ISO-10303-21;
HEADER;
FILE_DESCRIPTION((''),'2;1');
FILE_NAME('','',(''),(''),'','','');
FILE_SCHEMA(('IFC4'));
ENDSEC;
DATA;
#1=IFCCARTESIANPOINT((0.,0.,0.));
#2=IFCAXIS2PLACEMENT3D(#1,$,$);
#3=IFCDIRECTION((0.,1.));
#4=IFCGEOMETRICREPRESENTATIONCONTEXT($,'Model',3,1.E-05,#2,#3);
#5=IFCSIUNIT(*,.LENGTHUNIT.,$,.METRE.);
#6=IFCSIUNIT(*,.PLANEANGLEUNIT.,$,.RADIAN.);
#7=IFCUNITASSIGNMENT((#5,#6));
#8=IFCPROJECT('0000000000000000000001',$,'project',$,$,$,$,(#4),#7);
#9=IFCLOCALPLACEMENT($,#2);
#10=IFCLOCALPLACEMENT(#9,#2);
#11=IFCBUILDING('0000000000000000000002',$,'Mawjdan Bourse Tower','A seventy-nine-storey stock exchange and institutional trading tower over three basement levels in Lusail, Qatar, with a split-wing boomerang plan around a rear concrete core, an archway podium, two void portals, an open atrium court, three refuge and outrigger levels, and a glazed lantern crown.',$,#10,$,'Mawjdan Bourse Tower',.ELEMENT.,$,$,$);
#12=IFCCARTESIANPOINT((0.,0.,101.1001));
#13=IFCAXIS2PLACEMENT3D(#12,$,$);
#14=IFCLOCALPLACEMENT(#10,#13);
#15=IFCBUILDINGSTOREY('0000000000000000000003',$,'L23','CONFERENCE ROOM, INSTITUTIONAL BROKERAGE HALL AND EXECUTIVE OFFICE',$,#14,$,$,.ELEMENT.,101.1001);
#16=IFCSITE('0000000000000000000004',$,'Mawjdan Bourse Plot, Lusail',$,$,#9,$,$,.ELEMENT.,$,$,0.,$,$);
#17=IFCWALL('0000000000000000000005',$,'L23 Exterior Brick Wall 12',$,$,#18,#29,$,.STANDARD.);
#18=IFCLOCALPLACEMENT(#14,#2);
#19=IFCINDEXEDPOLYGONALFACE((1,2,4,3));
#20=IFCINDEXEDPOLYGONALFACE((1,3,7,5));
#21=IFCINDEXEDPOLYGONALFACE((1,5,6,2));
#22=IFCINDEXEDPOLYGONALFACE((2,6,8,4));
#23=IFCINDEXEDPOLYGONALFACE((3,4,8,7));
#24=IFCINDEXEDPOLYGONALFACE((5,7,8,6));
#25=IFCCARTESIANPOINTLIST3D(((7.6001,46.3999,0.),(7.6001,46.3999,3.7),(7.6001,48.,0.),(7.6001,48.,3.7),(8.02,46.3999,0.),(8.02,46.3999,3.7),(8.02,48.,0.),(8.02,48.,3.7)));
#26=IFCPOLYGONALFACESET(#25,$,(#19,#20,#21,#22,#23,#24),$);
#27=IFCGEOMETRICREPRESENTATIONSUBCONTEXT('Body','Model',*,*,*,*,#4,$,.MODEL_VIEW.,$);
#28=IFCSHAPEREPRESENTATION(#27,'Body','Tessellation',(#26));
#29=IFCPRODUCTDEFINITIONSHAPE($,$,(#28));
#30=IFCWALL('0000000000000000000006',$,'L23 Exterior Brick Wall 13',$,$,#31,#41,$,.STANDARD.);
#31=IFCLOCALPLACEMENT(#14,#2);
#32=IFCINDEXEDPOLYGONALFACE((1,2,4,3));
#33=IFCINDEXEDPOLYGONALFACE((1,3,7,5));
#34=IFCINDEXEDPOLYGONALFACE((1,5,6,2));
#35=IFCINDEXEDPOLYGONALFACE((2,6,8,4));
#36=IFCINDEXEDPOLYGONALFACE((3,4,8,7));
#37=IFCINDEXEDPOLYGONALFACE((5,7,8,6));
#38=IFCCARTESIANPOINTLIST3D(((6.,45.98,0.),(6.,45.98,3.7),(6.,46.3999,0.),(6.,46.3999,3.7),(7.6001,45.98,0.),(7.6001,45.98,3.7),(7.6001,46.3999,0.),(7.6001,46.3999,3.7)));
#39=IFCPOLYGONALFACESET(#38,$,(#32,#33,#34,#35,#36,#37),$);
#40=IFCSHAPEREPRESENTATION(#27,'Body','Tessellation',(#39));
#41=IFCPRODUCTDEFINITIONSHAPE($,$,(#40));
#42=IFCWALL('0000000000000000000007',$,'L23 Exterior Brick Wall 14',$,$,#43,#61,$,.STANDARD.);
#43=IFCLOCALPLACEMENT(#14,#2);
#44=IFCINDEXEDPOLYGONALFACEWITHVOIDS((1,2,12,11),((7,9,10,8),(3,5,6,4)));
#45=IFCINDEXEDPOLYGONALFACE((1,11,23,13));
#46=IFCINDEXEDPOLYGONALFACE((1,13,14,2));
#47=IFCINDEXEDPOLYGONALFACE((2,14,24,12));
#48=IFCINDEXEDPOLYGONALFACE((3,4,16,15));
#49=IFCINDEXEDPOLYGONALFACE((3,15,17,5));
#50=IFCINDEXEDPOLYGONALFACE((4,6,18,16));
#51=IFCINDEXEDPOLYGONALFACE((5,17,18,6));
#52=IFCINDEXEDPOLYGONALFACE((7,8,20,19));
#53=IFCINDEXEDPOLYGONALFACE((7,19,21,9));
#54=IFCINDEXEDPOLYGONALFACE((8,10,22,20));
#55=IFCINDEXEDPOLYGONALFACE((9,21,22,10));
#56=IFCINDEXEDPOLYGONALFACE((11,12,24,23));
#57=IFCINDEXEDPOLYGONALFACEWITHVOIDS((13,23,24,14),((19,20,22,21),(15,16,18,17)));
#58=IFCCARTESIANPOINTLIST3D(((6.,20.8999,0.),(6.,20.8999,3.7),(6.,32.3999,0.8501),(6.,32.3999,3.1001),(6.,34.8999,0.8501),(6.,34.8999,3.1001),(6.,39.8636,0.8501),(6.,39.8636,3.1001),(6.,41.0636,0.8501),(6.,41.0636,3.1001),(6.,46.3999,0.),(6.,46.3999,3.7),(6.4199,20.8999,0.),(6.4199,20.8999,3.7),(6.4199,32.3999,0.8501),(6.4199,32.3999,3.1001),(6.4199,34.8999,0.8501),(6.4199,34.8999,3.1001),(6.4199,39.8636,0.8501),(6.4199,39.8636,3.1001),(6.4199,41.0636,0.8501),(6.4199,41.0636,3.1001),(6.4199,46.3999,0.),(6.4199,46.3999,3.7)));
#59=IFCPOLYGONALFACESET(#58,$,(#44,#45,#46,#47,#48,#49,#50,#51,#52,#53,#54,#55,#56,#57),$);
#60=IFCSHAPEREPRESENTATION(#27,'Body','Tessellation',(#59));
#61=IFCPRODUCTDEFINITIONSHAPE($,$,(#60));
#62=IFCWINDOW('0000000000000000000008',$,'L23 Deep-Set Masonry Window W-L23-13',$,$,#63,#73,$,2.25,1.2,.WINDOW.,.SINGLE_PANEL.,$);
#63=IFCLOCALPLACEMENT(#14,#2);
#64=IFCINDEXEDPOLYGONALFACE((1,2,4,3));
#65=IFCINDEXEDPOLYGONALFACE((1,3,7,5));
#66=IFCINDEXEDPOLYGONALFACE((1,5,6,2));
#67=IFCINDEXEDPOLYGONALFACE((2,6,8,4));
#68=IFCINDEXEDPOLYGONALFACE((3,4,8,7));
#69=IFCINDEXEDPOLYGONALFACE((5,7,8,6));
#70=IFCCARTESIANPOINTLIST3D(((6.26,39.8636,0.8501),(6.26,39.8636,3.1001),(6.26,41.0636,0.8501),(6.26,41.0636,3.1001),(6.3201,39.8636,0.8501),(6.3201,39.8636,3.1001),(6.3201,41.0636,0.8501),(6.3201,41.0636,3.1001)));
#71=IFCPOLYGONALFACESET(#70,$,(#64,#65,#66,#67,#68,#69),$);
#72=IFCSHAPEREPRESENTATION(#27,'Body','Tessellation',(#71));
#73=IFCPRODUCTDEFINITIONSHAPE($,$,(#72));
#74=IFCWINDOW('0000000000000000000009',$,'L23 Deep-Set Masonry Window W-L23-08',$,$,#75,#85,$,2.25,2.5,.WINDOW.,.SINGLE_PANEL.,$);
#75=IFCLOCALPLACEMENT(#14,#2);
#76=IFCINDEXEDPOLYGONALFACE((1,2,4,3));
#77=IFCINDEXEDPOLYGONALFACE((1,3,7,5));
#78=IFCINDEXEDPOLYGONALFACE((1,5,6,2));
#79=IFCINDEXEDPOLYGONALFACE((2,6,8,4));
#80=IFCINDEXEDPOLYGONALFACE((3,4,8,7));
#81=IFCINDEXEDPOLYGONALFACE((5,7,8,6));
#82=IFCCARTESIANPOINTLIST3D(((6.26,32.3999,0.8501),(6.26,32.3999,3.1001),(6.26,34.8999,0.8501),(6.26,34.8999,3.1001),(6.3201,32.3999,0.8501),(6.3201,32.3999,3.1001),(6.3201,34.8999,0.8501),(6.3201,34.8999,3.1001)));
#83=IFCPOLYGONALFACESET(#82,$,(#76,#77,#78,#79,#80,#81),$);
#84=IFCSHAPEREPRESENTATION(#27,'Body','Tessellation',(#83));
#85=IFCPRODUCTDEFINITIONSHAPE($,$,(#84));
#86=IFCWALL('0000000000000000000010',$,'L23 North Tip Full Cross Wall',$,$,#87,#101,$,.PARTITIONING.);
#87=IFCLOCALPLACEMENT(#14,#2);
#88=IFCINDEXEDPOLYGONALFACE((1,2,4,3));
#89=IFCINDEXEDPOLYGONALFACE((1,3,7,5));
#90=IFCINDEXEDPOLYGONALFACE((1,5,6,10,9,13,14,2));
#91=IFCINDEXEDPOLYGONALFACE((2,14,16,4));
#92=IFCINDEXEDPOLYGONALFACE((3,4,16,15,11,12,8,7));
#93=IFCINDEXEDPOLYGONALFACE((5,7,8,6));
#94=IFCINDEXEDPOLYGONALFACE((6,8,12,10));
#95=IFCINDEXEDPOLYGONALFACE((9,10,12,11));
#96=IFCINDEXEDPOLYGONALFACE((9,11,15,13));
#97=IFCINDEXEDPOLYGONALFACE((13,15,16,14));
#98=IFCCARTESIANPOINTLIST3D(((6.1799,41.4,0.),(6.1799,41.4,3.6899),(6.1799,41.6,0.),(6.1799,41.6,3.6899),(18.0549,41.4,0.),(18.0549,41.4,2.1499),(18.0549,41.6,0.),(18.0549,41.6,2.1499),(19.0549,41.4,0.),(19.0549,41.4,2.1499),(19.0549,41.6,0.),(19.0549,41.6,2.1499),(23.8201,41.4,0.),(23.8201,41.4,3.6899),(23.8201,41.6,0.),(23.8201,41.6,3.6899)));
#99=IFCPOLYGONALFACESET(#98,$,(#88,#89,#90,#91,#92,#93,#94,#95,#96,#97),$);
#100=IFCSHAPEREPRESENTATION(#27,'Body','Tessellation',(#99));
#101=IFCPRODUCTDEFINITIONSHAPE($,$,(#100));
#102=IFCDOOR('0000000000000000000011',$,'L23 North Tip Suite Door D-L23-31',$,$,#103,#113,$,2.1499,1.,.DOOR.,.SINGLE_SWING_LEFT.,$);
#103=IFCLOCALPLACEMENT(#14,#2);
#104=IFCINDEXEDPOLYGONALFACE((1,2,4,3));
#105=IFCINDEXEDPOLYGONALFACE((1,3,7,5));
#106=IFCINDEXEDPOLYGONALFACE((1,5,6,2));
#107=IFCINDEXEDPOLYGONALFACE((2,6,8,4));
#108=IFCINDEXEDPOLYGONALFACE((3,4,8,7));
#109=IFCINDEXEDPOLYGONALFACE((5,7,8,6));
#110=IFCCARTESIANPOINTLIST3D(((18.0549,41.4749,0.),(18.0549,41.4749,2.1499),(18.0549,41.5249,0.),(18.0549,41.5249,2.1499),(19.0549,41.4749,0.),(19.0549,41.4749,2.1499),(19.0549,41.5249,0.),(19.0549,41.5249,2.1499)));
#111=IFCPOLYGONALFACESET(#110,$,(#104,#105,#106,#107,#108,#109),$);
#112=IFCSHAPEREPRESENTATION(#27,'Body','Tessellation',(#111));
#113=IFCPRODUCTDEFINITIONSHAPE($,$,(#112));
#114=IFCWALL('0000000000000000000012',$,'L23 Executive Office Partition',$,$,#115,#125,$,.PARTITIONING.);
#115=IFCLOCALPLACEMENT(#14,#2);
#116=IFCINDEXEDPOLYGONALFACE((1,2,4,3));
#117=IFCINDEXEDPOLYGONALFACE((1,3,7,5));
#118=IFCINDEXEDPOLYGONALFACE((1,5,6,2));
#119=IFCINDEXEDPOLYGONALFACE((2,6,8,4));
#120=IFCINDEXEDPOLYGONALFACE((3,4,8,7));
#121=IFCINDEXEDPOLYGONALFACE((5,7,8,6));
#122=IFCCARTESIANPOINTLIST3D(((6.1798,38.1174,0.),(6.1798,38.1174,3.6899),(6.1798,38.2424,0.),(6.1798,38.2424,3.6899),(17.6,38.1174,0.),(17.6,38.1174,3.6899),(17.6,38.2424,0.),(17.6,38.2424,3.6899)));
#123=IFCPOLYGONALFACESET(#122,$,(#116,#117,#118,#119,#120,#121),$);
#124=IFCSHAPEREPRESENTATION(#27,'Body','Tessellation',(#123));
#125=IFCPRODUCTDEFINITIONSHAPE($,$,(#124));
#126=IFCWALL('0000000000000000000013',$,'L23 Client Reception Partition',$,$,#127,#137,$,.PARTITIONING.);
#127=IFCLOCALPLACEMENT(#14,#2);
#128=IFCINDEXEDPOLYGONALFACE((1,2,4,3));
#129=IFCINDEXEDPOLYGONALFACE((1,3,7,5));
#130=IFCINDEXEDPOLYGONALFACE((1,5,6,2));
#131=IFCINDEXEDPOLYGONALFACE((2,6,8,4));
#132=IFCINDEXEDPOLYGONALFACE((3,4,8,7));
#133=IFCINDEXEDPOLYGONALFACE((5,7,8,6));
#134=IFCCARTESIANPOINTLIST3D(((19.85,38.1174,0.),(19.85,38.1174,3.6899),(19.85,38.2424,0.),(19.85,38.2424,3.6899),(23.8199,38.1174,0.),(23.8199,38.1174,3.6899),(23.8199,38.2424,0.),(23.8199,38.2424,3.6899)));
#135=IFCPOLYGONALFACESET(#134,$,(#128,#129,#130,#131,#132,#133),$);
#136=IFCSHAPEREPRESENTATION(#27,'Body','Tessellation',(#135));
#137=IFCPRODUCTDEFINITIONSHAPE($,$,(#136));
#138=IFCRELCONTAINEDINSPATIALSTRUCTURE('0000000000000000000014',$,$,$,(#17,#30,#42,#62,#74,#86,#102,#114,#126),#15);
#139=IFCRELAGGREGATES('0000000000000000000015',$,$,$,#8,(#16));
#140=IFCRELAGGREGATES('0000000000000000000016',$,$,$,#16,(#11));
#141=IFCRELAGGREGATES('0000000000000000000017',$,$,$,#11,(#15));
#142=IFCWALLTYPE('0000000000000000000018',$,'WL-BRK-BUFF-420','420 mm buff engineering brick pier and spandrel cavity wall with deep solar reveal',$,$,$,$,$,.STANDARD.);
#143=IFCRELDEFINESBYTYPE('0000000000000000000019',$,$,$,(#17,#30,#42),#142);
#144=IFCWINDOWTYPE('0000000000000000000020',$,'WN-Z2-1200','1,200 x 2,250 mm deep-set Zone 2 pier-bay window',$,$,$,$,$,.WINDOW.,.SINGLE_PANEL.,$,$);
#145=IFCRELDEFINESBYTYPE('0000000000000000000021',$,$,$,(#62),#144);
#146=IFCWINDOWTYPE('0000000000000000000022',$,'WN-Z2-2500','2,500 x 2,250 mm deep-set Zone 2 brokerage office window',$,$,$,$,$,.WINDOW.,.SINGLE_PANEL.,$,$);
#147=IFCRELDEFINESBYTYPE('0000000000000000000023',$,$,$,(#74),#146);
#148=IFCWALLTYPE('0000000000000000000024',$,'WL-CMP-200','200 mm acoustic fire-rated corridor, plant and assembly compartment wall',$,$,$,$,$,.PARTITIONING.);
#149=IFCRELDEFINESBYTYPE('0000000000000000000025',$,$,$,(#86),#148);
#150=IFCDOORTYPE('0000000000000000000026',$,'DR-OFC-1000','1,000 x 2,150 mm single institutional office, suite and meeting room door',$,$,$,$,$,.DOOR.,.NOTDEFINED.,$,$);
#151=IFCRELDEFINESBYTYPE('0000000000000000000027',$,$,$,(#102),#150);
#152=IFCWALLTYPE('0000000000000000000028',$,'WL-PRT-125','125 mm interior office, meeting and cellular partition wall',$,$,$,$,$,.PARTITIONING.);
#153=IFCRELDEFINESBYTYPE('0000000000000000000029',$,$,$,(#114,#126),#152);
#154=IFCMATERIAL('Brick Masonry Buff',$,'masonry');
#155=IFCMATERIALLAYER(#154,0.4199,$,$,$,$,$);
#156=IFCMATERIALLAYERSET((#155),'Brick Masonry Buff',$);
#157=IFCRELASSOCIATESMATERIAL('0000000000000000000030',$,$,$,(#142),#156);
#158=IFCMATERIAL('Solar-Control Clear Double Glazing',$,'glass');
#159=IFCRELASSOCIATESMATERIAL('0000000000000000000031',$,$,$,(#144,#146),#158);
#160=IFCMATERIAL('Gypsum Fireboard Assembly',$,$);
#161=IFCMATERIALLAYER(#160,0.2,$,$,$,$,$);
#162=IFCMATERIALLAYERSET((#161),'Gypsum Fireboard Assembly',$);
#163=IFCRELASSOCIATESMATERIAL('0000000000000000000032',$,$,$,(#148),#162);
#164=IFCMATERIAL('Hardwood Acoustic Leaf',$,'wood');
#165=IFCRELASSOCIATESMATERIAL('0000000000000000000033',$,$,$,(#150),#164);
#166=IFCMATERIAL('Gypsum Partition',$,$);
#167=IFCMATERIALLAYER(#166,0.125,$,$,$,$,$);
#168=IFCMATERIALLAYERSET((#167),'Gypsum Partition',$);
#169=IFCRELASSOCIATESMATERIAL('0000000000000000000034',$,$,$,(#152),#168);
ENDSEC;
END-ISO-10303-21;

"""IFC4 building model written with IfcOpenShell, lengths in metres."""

from ifc_helpers import new_model, si_unit, direction, frame, frame_2d, origin, place, context, subcontext, project, spatial, rectangle, extrude, material, layer, layer_set, type_object, element, fill, save


model = new_model("IFC4")

# Units and contexts
model_context = context("Model", 3, precision=1e-05, world=origin(), true_north=direction((0.0, 1.0)))
body_context = subcontext(model_context, "Body", "Model", "MODEL_VIEW")
ifc_project = project(units=[si_unit("LENGTHUNIT", "METRE"), si_unit("PLANEANGLEUNIT", "RADIAN")], contexts=[model_context])

# Site, building, storey
site_placement = place(None, origin())
site = spatial("IfcSite", under=ifc_project, at=site_placement, Name="Mawjdan Bourse Plot, Lusail", CompositionType="ELEMENT", RefElevation=0.0)
building_placement = place(site_placement, origin())
building = spatial("IfcBuilding", under=site, at=building_placement, Name="Mawjdan Bourse Tower", Description="A seventy-nine-storey stock exchange and institutional trading tower over three basement levels in Lusail, Qatar, with a split-wing boomerang plan around a rear concrete core, an archway podium, two void portals, an open atrium court, three refuge and outrigger levels, and a glazed lantern crown.", LongName="Mawjdan Bourse Tower", CompositionType="ELEMENT")
storey_placement = place(building_placement, frame((0.0, 0.0, 101.1001)))
storey = spatial("IfcBuildingStorey", under=building, at=storey_placement, Name="L23", Description="CONFERENCE ROOM, INSTITUTIONAL BROKERAGE HALL AND EXECUTIVE OFFICE", CompositionType="ELEMENT", Elevation=101.1001)

# Walls
ifc_material_1 = material(Name="Brick Masonry Buff", Category="masonry")
ifc_layer_1 = layer(ifc_material_1, 0.4199)
ifc_layer_set_1 = layer_set([ifc_layer_1], Name="Brick Masonry Buff")
wall_type_1 = type_object("IfcWallType", Name="WL-BRK-BUFF-420", Description="420 mm buff engineering brick pier and spandrel cavity wall with deep solar reveal", PredefinedType="STANDARD", material=ifc_layer_set_1)
for number, where, z_axis, x_axis, name in (
    (1, (7.8101, 48.0, 0.0), (0.0, 0.0, 1.0), (0.0, -1.0, 0.0), "L23 Exterior Brick Wall 12"),
    (2, (7.6001, 46.1899, 0.0), (0.0, 0.0, 1.0), (-1.0, 0.0, 0.0), "L23 Exterior Brick Wall 13"),
):
    element("IfcWall", number, at=place(storey_placement, frame(where, z_axis=z_axis, x_axis=x_axis)), inside=storey, type_object=wall_type_1, Name=name, PredefinedType="STANDARD", context=body_context, shape_type="SweptSolid", body=[
        extrude(rectangle(XDim=1.6001, YDim=0.4199, at=frame_2d((0.8, 0.0))), origin(), (0.0, 0.0, 1.0), 3.7),
    ])

# Wall, openings, windows
wall_1_placement = place(storey_placement, frame((6.21, 46.3999, 0.0), z_axis=(0.0, 0.0, 1.0), x_axis=(0.0, -1.0, 0.0)))
wall_1 = element("IfcWall", 3, at=wall_1_placement, inside=storey, type_object=wall_type_1, Name="L23 Exterior Brick Wall 14", PredefinedType="STANDARD", context=body_context, shape_type="SweptSolid", body=[
    extrude(rectangle(XDim=25.5, YDim=0.4199, at=frame_2d((12.75, 0.0))), origin(), (0.0, 0.0, 1.0), 3.7),
])
opening_1_placement = place(wall_1_placement, frame((11.5, 0.0, 0.8501)))
opening_1 = element("IfcOpeningElement", 4, at=opening_1_placement, cuts=wall_1, PredefinedType="OPENING", context=body_context, shape_type="SweptSolid", body=[
    extrude(rectangle(XDim=2.5, YDim=2.25, at=frame_2d((1.25, 1.125))), frame((0.0, 0.22, 0.0), z_axis=(0.0, -1.0, 0.0), x_axis=(1.0, 0.0, 0.0)), (0.0, 0.0, 1.0), 0.4399),
])
opening_2_placement = place(wall_1_placement, frame((5.3362, 0.0, 0.8501)))
opening_2 = element("IfcOpeningElement", 5, at=opening_2_placement, cuts=wall_1, PredefinedType="OPENING", context=body_context, shape_type="SweptSolid", body=[
    extrude(rectangle(XDim=1.2, YDim=2.25, at=frame_2d((0.6001, 1.125))), frame((0.0, 0.22, 0.0), z_axis=(0.0, -1.0, 0.0), x_axis=(1.0, 0.0, 0.0)), (0.0, 0.0, 1.0), 0.4399),
])
ifc_material_2 = material(Name="Solar-Control Clear Double Glazing", Category="glass")
window_type_1 = type_object("IfcWindowType", Name="WN-Z2-1200", Description="1,200 x 2,250 mm deep-set Zone 2 pier-bay window", PartitioningType="SINGLE_PANEL", PredefinedType="WINDOW", material=ifc_material_2)
window_1_placement = place(opening_2_placement, origin())
window_1 = element("IfcWindow", 6, at=window_1_placement, inside=storey, type_object=window_type_1, Name="L23 Deep-Set Masonry Window W-L23-13", OverallHeight=2.25, OverallWidth=1.2, PartitioningType="SINGLE_PANEL", PredefinedType="WINDOW", context=body_context, shape_type="SweptSolid", body=[
    extrude(rectangle(XDim=1.2, YDim=2.25, at=frame_2d((0.6001, 1.125))), frame((0.0, 0.1101, 0.0), z_axis=(0.0, -1.0, 0.0), x_axis=(1.0, 0.0, 0.0)), (0.0, 0.0, 1.0), 0.0601),
])
fill(opening_2, window_1)
window_type_2 = type_object("IfcWindowType", Name="WN-Z2-2500", Description="2,500 x 2,250 mm deep-set Zone 2 brokerage office window", PartitioningType="SINGLE_PANEL", PredefinedType="WINDOW", material=ifc_material_2)
window_2_placement = place(opening_1_placement, origin())
window_2 = element("IfcWindow", 7, at=window_2_placement, inside=storey, type_object=window_type_2, Name="L23 Deep-Set Masonry Window W-L23-08", OverallHeight=2.25, OverallWidth=2.5, PartitioningType="SINGLE_PANEL", PredefinedType="WINDOW", context=body_context, shape_type="SweptSolid", body=[
    extrude(rectangle(XDim=2.5, YDim=2.25, at=frame_2d((1.25, 1.125))), frame((0.0, 0.1101, 0.0), z_axis=(0.0, -1.0, 0.0), x_axis=(1.0, 0.0, 0.0)), (0.0, 0.0, 1.0), 0.0601),
])
fill(opening_1, window_2)

# Wall, opening, door
ifc_material_3 = material(Name="Gypsum Fireboard Assembly")
ifc_layer_2 = layer(ifc_material_3, 0.2)
ifc_layer_set_2 = layer_set([ifc_layer_2], Name="Gypsum Fireboard Assembly")
wall_type_2 = type_object("IfcWallType", Name="WL-CMP-200", Description="200 mm acoustic fire-rated corridor, plant and assembly compartment wall", PredefinedType="PARTITIONING", material=ifc_layer_set_2)
ifc_material_4 = material(Name="Hardwood Acoustic Leaf", Category="wood")
door_type = type_object("IfcDoorType", Name="DR-OFC-1000", Description="1,000 x 2,150 mm single institutional office, suite and meeting room door", OperationType="NOTDEFINED", PredefinedType="DOOR", material=ifc_material_4)
wall_2_placement = place(storey_placement, frame((6.1799, 41.5, 0.0), z_axis=(0.0, 0.0, 1.0), x_axis=(1.0, 0.0, 0.0)))
wall_2 = element("IfcWall", 8, at=wall_2_placement, inside=storey, type_object=wall_type_2, Name="L23 North Tip Full Cross Wall", PredefinedType="PARTITIONING", context=body_context, shape_type="SweptSolid", body=[
    extrude(rectangle(XDim=17.6401, YDim=0.2, at=frame_2d((8.8201, 0.0))), origin(), (0.0, 0.0, 1.0), 3.6899),
])
opening_3_placement = place(wall_2_placement, frame((11.875, 0.0, 0.0)))
opening_3 = element("IfcOpeningElement", 9, at=opening_3_placement, cuts=wall_2, PredefinedType="OPENING", context=body_context, shape_type="SweptSolid", body=[
    extrude(rectangle(XDim=1.0, YDim=2.1499, at=frame_2d((0.5, 1.075))), frame((0.0, 0.1099, 0.0), z_axis=(0.0, -1.0, 0.0), x_axis=(1.0, 0.0, 0.0)), (0.0, 0.0, 1.0), 0.22),
])
door_1_placement = place(opening_3_placement, origin())
door_1 = element("IfcDoor", 10, at=door_1_placement, inside=storey, type_object=door_type, Name="L23 North Tip Suite Door D-L23-31", OperationType="SINGLE_SWING_LEFT", OverallHeight=2.1499, OverallWidth=1.0, PredefinedType="DOOR", context=body_context, shape_type="SweptSolid", body=[
    extrude(rectangle(XDim=1.0, YDim=2.1499, at=frame_2d((0.5, 1.075))), frame((0.0, 0.0249, 0.0), z_axis=(0.0, -1.0, 0.0), x_axis=(1.0, 0.0, 0.0)), (0.0, 0.0, 1.0), 0.05),
])
fill(opening_3, door_1)

# Walls
ifc_material_5 = material(Name="Gypsum Partition")
ifc_layer_3 = layer(ifc_material_5, 0.125)
ifc_layer_set_3 = layer_set([ifc_layer_3], Name="Gypsum Partition")
wall_type_3 = type_object("IfcWallType", Name="WL-PRT-125", Description="125 mm interior office, meeting and cellular partition wall", PredefinedType="PARTITIONING", material=ifc_layer_set_3)
wall_3_placement = place(storey_placement, frame((6.1799, 38.1799, 0.0), z_axis=(0.0, 0.0, 1.0), x_axis=(1.0, 0.0, 0.0)))
element("IfcWall", 11, at=wall_3_placement, inside=storey, type_object=wall_type_3, Name="L23 Executive Office Partition", PredefinedType="PARTITIONING", context=body_context, shape_type="SweptSolid", body=[
    extrude(rectangle(XDim=11.4202, YDim=0.125, at=frame_2d((5.71, 0.0))), origin(), (0.0, 0.0, 1.0), 3.6899),
])
wall_4_placement = place(storey_placement, frame((19.8501, 38.1799, 0.0), z_axis=(0.0, 0.0, 1.0), x_axis=(1.0, 0.0, 0.0)))
element("IfcWall", 12, at=wall_4_placement, inside=storey, type_object=wall_type_3, Name="L23 Client Reception Partition", PredefinedType="PARTITIONING", context=body_context, shape_type="SweptSolid", body=[
    extrude(rectangle(XDim=3.97, YDim=0.125, at=frame_2d((1.9849, 0.0))), origin(), (0.0, 0.0, 1.0), 3.6899),
])

save(model, "model.ifc")
